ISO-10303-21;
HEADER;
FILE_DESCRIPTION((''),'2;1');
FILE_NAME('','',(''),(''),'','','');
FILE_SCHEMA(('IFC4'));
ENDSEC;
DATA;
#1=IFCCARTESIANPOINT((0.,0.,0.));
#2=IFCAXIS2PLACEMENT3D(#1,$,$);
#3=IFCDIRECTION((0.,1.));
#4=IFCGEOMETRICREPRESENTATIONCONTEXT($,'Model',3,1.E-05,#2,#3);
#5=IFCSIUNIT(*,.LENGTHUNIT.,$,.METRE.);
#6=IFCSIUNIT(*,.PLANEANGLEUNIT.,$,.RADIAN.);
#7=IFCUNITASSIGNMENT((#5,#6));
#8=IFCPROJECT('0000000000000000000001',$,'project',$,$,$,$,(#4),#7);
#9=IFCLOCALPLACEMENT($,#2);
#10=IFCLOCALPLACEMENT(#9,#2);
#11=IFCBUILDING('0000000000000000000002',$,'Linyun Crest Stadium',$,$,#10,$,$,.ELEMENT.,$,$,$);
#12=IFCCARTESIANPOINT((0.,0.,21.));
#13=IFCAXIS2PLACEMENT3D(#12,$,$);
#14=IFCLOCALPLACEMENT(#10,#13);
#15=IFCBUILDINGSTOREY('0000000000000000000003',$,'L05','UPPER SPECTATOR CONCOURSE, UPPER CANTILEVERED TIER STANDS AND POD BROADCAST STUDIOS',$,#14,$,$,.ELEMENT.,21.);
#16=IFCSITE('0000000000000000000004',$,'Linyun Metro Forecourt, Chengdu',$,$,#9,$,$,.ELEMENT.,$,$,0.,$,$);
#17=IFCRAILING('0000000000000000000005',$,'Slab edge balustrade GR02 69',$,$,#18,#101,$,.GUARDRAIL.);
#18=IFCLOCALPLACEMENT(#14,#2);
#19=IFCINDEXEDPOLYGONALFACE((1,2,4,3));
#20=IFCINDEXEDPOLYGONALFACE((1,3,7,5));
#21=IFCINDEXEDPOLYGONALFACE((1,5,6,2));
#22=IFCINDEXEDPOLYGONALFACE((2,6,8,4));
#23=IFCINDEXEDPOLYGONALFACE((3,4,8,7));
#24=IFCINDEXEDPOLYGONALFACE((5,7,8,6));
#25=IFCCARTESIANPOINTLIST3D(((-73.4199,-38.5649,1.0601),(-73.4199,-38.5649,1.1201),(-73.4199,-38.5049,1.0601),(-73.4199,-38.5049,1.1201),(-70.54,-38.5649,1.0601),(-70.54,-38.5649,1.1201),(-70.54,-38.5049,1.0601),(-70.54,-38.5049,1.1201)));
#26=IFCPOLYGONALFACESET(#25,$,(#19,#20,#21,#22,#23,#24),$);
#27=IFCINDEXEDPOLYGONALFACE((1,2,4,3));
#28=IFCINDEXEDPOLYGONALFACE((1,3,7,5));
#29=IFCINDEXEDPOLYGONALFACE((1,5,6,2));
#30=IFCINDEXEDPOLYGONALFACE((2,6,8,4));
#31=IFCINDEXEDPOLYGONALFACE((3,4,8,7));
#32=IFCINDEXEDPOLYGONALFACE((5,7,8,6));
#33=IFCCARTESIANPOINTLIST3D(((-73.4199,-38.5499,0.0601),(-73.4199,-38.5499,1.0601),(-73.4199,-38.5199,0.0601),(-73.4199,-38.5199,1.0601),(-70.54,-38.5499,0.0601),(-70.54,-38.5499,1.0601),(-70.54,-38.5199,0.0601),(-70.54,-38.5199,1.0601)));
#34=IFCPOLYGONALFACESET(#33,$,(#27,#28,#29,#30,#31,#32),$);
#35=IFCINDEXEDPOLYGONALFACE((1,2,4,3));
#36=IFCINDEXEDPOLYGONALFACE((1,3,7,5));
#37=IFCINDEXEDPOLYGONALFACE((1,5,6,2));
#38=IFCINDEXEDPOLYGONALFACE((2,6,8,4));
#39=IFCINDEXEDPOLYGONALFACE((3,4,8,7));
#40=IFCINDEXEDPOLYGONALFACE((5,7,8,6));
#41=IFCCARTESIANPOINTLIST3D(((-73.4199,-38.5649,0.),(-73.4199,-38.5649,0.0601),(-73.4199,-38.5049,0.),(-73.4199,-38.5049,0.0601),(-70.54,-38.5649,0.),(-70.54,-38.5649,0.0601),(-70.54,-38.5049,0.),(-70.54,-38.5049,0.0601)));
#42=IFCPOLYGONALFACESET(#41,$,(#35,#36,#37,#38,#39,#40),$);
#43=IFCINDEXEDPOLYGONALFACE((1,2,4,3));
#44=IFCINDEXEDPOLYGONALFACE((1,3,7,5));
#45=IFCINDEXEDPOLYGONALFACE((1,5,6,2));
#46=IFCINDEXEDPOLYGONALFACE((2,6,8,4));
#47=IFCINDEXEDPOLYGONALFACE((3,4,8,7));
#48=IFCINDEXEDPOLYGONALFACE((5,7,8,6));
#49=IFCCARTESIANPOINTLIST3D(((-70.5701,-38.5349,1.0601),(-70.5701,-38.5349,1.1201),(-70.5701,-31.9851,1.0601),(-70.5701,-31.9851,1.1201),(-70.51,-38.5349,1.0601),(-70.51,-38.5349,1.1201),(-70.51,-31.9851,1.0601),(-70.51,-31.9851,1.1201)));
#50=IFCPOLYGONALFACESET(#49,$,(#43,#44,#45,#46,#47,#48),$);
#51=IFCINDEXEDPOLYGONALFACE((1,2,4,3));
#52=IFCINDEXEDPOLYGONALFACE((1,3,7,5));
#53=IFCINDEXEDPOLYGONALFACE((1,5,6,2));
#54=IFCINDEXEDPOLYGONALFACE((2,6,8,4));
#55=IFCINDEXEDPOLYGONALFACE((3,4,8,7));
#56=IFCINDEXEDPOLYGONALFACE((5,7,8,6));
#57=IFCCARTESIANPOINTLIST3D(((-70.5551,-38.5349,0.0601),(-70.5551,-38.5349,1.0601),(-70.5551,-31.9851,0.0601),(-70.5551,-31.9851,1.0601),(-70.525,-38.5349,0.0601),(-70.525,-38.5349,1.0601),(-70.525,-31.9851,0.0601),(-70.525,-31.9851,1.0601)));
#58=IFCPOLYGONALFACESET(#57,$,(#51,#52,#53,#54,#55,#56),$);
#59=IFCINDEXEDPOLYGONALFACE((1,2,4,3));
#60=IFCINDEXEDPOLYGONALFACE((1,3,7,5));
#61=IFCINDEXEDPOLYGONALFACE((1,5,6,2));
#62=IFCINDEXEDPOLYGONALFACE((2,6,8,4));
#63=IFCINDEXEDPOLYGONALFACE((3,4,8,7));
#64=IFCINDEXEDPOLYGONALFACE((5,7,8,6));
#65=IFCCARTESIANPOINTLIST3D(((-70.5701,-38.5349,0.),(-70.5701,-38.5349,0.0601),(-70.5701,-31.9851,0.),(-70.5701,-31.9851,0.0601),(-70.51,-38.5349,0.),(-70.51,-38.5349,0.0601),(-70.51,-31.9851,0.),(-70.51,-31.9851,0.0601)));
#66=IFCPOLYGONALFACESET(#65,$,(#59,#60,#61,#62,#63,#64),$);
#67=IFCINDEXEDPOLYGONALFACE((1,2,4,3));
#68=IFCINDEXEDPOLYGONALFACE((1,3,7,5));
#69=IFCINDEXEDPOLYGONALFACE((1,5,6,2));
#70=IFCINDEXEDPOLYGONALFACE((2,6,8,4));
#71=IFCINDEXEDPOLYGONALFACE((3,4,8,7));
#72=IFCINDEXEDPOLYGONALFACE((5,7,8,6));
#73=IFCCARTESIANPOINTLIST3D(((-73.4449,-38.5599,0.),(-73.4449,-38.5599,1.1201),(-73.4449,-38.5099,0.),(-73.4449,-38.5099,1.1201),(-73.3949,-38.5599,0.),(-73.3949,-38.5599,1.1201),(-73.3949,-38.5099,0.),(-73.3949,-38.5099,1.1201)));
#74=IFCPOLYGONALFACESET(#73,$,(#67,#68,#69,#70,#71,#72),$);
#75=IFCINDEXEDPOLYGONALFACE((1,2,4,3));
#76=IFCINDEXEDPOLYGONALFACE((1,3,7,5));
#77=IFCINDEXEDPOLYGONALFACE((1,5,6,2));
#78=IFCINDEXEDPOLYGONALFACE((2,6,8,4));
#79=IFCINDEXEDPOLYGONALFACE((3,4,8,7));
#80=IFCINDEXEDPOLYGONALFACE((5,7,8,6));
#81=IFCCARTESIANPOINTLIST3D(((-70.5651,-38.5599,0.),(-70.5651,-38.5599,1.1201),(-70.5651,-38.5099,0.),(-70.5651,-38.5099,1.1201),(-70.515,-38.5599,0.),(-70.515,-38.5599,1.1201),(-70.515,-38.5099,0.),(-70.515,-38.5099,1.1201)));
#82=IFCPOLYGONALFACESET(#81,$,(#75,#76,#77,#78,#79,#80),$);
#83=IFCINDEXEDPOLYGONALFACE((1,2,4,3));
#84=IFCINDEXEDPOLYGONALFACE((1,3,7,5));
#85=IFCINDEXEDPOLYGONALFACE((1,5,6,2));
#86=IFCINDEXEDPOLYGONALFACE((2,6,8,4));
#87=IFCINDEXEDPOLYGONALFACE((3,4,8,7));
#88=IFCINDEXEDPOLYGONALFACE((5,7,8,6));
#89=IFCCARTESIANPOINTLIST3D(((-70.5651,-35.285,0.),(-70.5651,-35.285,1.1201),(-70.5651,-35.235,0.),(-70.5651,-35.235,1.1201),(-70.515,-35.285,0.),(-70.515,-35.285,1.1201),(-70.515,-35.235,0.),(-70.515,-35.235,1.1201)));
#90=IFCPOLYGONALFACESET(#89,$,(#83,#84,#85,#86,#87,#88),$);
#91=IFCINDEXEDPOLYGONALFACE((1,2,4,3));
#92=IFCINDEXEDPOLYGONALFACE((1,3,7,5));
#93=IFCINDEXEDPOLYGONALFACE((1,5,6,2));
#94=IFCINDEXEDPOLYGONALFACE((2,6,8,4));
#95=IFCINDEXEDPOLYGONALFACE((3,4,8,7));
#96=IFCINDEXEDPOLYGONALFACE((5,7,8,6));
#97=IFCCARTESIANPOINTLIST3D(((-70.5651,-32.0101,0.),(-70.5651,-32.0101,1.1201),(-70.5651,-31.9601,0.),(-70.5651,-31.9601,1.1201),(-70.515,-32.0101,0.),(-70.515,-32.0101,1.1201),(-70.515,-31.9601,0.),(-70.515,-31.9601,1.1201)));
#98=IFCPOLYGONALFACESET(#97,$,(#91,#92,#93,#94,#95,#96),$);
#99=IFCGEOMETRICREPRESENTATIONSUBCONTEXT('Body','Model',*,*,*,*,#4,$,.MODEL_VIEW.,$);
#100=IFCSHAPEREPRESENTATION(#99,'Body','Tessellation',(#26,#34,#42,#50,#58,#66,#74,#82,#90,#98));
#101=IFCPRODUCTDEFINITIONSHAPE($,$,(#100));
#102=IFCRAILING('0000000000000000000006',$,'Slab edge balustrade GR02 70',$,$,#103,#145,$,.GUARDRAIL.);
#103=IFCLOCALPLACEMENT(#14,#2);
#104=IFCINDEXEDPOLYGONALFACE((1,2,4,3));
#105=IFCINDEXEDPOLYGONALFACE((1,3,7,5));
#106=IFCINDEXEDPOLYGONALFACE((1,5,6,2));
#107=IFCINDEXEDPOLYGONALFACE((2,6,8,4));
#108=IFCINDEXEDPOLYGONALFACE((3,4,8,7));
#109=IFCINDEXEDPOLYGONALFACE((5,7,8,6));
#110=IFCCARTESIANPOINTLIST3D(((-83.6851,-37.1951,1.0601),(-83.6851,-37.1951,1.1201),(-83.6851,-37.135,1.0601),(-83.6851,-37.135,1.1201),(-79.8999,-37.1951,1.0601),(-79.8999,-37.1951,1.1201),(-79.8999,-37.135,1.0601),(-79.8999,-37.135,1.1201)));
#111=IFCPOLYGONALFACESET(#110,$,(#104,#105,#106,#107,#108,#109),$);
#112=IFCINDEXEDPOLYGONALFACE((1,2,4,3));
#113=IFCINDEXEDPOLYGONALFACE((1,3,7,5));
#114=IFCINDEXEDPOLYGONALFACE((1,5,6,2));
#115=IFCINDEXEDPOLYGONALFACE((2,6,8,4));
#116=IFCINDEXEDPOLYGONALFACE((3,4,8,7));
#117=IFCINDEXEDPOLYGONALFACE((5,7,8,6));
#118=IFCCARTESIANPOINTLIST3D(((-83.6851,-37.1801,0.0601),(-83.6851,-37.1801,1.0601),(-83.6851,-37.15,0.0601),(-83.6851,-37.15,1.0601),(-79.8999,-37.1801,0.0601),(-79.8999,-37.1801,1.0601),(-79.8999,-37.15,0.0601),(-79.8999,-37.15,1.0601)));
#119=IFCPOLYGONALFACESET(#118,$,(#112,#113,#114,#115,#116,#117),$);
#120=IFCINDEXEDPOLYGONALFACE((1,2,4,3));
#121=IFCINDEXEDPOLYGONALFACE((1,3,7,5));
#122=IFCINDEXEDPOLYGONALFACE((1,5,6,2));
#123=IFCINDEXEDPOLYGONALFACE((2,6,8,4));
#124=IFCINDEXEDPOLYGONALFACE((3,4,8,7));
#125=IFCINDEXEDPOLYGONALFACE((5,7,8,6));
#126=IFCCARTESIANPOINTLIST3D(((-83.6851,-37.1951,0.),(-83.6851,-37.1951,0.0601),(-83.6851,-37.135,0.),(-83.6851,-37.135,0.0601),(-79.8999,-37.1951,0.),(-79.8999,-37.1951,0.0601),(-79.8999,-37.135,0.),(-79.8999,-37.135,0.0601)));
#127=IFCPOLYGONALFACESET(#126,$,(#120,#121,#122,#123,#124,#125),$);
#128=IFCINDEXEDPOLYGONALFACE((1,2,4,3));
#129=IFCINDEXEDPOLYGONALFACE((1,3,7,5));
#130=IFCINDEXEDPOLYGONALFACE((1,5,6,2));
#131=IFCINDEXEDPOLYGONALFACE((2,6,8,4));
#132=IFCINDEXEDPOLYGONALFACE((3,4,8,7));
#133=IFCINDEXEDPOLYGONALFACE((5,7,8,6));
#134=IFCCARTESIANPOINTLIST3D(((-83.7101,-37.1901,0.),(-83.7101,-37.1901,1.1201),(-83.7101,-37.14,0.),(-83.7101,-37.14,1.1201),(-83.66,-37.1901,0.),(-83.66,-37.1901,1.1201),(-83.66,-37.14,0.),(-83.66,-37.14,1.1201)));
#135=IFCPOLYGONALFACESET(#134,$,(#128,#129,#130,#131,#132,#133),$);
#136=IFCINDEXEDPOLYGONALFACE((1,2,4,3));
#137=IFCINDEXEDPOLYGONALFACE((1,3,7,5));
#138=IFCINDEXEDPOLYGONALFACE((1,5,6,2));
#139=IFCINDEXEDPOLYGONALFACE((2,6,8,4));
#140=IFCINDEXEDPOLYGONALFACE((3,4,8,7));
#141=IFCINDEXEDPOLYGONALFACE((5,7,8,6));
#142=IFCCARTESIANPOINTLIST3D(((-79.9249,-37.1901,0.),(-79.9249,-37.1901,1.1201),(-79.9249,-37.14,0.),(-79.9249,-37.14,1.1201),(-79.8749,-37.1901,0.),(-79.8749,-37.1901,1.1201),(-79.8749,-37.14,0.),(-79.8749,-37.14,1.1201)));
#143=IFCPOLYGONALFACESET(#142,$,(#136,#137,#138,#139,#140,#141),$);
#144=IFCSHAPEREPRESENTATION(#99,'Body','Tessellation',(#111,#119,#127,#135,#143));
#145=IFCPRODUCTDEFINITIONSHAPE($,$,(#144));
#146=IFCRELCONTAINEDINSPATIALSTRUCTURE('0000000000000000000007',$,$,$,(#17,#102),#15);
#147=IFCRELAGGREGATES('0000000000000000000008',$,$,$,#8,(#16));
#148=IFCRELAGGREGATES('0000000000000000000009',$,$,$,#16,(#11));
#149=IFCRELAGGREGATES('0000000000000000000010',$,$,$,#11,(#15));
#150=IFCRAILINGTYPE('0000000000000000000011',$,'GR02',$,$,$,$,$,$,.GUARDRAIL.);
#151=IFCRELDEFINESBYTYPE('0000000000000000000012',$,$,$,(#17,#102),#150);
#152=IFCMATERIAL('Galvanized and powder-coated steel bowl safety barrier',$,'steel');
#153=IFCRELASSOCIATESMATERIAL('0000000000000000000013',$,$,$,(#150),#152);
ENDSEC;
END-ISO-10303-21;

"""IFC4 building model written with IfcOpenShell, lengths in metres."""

from ifc_helpers import new_model, si_unit, direction, frame, origin, origin_2d, place, context, subcontext, project, spatial, rectangle, extrude, material, type_object, element, save


model = new_model("IFC4")

# Units and contexts
model_context = context("Model", 3, precision=1e-05, world=origin(), true_north=direction((0.0, 1.0)))
body_context = subcontext(model_context, "Body", "Model", "MODEL_VIEW")
ifc_project = project(units=[si_unit("LENGTHUNIT", "METRE"), si_unit("PLANEANGLEUNIT", "RADIAN")], contexts=[model_context])

# Site, building, storey
site_placement = place(None, origin())
site = spatial("IfcSite", under=ifc_project, at=site_placement, Name="Linyun Metro Forecourt, Chengdu", CompositionType="ELEMENT", RefElevation=0.0)
building_placement = place(site_placement, origin())
building = spatial("IfcBuilding", under=site, at=building_placement, Name="Linyun Crest Stadium", CompositionType="ELEMENT")
storey_placement = place(building_placement, frame((0.0, 0.0, 21.0)))
storey = spatial("IfcBuildingStorey", under=building, at=storey_placement, Name="L05", Description="UPPER SPECTATOR CONCOURSE, UPPER CANTILEVERED TIER STANDS AND POD BROADCAST STUDIOS", CompositionType="ELEMENT", Elevation=21.0)

# Railings
ifc_material_1 = material(Name="Galvanized and powder-coated steel bowl safety barrier", Category="steel")
railing_type_1 = type_object("IfcRailingType", Name="GR02", PredefinedType="GUARDRAIL", material=ifc_material_1)
railing_1_placement = place(storey_placement, frame((-73.4199, -38.5349, 0.0)))
element("IfcRailing", 1, at=railing_1_placement, inside=storey, type_object=railing_type_1, Name="Slab edge balustrade GR02 69", PredefinedType="GUARDRAIL", context=body_context, shape_type="SweptSolid", body=[
    extrude(rectangle(XDim=0.0601, YDim=0.0601, at=origin_2d()), frame((0.0, 0.0, 1.0901), z_axis=(1.0, 0.0, 0.0), x_axis=(0.0, 1.0, 0.0)), (0.0, 0.0, 1.0), 2.8799),
    extrude(rectangle(XDim=0.03, YDim=1.0, at=origin_2d()), frame((0.0, 0.0, 0.5601), z_axis=(1.0, 0.0, 0.0), x_axis=(0.0, 1.0, 0.0)), (0.0, 0.0, 1.0), 2.8799),
    extrude(rectangle(XDim=0.0601, YDim=0.0601, at=origin_2d()), frame((0.0, 0.0, 0.03), z_axis=(1.0, 0.0, 0.0), x_axis=(0.0, 1.0, 0.0)), (0.0, 0.0, 1.0), 2.8799),
    extrude(rectangle(XDim=0.0601, YDim=0.0601, at=origin_2d()), frame((2.8799, 0.0, 1.0901), z_axis=(0.0, 1.0, 0.0), x_axis=(-1.0, 0.0, 0.0)), (0.0, 0.0, 1.0), 6.5498),
    extrude(rectangle(XDim=0.03, YDim=1.0, at=origin_2d()), frame((2.8799, 0.0, 0.5601), z_axis=(0.0, 1.0, 0.0), x_axis=(-1.0, 0.0, 0.0)), (0.0, 0.0, 1.0), 6.5498),
    extrude(rectangle(XDim=0.0601, YDim=0.0601, at=origin_2d()), frame((2.8799, 0.0, 0.03), z_axis=(0.0, 1.0, 0.0), x_axis=(-1.0, 0.0, 0.0)), (0.0, 0.0, 1.0), 6.5498),
    extrude(rectangle(XDim=0.05, YDim=0.05, at=origin_2d()), origin(), (0.0, 0.0, 1.0), 1.1201),
    extrude(rectangle(XDim=0.05, YDim=0.05, at=origin_2d()), frame((2.8799, 0.0, 0.0)), (0.0, 0.0, 1.0), 1.1201),
    extrude(rectangle(XDim=0.05, YDim=0.05, at=origin_2d()), frame((2.8799, 3.2749, 0.0)), (0.0, 0.0, 1.0), 1.1201),
    extrude(rectangle(XDim=0.05, YDim=0.05, at=origin_2d()), frame((2.8799, 6.5498, 0.0)), (0.0, 0.0, 1.0), 1.1201),
])
railing_2_placement = place(storey_placement, frame((-83.6851, -37.165, 0.0)))
element("IfcRailing", 2, at=railing_2_placement, inside=storey, type_object=railing_type_1, Name="Slab edge balustrade GR02 70", PredefinedType="GUARDRAIL", context=body_context, shape_type="SweptSolid", body=[
    extrude(rectangle(XDim=0.0601, YDim=0.0601, at=origin_2d()), frame((0.0, 0.0, 1.0901), z_axis=(1.0, 0.0, 0.0), x_axis=(0.0, 1.0, 0.0)), (0.0, 0.0, 1.0), 3.7852),
    extrude(rectangle(XDim=0.03, YDim=1.0, at=origin_2d()), frame((0.0, 0.0, 0.5601), z_axis=(1.0, 0.0, 0.0), x_axis=(0.0, 1.0, 0.0)), (0.0, 0.0, 1.0), 3.7852),
    extrude(rectangle(XDim=0.0601, YDim=0.0601, at=origin_2d()), frame((0.0, 0.0, 0.03), z_axis=(1.0, 0.0, 0.0), x_axis=(0.0, 1.0, 0.0)), (0.0, 0.0, 1.0), 3.7852),
    extrude(rectangle(XDim=0.05, YDim=0.05, at=origin_2d()), origin(), (0.0, 0.0, 1.0), 1.1201),
    extrude(rectangle(XDim=0.05, YDim=0.05, at=origin_2d()), frame((3.7852, 0.0, 0.0)), (0.0, 0.0, 1.0), 1.1201),
])

save(model, "model.ifc")
